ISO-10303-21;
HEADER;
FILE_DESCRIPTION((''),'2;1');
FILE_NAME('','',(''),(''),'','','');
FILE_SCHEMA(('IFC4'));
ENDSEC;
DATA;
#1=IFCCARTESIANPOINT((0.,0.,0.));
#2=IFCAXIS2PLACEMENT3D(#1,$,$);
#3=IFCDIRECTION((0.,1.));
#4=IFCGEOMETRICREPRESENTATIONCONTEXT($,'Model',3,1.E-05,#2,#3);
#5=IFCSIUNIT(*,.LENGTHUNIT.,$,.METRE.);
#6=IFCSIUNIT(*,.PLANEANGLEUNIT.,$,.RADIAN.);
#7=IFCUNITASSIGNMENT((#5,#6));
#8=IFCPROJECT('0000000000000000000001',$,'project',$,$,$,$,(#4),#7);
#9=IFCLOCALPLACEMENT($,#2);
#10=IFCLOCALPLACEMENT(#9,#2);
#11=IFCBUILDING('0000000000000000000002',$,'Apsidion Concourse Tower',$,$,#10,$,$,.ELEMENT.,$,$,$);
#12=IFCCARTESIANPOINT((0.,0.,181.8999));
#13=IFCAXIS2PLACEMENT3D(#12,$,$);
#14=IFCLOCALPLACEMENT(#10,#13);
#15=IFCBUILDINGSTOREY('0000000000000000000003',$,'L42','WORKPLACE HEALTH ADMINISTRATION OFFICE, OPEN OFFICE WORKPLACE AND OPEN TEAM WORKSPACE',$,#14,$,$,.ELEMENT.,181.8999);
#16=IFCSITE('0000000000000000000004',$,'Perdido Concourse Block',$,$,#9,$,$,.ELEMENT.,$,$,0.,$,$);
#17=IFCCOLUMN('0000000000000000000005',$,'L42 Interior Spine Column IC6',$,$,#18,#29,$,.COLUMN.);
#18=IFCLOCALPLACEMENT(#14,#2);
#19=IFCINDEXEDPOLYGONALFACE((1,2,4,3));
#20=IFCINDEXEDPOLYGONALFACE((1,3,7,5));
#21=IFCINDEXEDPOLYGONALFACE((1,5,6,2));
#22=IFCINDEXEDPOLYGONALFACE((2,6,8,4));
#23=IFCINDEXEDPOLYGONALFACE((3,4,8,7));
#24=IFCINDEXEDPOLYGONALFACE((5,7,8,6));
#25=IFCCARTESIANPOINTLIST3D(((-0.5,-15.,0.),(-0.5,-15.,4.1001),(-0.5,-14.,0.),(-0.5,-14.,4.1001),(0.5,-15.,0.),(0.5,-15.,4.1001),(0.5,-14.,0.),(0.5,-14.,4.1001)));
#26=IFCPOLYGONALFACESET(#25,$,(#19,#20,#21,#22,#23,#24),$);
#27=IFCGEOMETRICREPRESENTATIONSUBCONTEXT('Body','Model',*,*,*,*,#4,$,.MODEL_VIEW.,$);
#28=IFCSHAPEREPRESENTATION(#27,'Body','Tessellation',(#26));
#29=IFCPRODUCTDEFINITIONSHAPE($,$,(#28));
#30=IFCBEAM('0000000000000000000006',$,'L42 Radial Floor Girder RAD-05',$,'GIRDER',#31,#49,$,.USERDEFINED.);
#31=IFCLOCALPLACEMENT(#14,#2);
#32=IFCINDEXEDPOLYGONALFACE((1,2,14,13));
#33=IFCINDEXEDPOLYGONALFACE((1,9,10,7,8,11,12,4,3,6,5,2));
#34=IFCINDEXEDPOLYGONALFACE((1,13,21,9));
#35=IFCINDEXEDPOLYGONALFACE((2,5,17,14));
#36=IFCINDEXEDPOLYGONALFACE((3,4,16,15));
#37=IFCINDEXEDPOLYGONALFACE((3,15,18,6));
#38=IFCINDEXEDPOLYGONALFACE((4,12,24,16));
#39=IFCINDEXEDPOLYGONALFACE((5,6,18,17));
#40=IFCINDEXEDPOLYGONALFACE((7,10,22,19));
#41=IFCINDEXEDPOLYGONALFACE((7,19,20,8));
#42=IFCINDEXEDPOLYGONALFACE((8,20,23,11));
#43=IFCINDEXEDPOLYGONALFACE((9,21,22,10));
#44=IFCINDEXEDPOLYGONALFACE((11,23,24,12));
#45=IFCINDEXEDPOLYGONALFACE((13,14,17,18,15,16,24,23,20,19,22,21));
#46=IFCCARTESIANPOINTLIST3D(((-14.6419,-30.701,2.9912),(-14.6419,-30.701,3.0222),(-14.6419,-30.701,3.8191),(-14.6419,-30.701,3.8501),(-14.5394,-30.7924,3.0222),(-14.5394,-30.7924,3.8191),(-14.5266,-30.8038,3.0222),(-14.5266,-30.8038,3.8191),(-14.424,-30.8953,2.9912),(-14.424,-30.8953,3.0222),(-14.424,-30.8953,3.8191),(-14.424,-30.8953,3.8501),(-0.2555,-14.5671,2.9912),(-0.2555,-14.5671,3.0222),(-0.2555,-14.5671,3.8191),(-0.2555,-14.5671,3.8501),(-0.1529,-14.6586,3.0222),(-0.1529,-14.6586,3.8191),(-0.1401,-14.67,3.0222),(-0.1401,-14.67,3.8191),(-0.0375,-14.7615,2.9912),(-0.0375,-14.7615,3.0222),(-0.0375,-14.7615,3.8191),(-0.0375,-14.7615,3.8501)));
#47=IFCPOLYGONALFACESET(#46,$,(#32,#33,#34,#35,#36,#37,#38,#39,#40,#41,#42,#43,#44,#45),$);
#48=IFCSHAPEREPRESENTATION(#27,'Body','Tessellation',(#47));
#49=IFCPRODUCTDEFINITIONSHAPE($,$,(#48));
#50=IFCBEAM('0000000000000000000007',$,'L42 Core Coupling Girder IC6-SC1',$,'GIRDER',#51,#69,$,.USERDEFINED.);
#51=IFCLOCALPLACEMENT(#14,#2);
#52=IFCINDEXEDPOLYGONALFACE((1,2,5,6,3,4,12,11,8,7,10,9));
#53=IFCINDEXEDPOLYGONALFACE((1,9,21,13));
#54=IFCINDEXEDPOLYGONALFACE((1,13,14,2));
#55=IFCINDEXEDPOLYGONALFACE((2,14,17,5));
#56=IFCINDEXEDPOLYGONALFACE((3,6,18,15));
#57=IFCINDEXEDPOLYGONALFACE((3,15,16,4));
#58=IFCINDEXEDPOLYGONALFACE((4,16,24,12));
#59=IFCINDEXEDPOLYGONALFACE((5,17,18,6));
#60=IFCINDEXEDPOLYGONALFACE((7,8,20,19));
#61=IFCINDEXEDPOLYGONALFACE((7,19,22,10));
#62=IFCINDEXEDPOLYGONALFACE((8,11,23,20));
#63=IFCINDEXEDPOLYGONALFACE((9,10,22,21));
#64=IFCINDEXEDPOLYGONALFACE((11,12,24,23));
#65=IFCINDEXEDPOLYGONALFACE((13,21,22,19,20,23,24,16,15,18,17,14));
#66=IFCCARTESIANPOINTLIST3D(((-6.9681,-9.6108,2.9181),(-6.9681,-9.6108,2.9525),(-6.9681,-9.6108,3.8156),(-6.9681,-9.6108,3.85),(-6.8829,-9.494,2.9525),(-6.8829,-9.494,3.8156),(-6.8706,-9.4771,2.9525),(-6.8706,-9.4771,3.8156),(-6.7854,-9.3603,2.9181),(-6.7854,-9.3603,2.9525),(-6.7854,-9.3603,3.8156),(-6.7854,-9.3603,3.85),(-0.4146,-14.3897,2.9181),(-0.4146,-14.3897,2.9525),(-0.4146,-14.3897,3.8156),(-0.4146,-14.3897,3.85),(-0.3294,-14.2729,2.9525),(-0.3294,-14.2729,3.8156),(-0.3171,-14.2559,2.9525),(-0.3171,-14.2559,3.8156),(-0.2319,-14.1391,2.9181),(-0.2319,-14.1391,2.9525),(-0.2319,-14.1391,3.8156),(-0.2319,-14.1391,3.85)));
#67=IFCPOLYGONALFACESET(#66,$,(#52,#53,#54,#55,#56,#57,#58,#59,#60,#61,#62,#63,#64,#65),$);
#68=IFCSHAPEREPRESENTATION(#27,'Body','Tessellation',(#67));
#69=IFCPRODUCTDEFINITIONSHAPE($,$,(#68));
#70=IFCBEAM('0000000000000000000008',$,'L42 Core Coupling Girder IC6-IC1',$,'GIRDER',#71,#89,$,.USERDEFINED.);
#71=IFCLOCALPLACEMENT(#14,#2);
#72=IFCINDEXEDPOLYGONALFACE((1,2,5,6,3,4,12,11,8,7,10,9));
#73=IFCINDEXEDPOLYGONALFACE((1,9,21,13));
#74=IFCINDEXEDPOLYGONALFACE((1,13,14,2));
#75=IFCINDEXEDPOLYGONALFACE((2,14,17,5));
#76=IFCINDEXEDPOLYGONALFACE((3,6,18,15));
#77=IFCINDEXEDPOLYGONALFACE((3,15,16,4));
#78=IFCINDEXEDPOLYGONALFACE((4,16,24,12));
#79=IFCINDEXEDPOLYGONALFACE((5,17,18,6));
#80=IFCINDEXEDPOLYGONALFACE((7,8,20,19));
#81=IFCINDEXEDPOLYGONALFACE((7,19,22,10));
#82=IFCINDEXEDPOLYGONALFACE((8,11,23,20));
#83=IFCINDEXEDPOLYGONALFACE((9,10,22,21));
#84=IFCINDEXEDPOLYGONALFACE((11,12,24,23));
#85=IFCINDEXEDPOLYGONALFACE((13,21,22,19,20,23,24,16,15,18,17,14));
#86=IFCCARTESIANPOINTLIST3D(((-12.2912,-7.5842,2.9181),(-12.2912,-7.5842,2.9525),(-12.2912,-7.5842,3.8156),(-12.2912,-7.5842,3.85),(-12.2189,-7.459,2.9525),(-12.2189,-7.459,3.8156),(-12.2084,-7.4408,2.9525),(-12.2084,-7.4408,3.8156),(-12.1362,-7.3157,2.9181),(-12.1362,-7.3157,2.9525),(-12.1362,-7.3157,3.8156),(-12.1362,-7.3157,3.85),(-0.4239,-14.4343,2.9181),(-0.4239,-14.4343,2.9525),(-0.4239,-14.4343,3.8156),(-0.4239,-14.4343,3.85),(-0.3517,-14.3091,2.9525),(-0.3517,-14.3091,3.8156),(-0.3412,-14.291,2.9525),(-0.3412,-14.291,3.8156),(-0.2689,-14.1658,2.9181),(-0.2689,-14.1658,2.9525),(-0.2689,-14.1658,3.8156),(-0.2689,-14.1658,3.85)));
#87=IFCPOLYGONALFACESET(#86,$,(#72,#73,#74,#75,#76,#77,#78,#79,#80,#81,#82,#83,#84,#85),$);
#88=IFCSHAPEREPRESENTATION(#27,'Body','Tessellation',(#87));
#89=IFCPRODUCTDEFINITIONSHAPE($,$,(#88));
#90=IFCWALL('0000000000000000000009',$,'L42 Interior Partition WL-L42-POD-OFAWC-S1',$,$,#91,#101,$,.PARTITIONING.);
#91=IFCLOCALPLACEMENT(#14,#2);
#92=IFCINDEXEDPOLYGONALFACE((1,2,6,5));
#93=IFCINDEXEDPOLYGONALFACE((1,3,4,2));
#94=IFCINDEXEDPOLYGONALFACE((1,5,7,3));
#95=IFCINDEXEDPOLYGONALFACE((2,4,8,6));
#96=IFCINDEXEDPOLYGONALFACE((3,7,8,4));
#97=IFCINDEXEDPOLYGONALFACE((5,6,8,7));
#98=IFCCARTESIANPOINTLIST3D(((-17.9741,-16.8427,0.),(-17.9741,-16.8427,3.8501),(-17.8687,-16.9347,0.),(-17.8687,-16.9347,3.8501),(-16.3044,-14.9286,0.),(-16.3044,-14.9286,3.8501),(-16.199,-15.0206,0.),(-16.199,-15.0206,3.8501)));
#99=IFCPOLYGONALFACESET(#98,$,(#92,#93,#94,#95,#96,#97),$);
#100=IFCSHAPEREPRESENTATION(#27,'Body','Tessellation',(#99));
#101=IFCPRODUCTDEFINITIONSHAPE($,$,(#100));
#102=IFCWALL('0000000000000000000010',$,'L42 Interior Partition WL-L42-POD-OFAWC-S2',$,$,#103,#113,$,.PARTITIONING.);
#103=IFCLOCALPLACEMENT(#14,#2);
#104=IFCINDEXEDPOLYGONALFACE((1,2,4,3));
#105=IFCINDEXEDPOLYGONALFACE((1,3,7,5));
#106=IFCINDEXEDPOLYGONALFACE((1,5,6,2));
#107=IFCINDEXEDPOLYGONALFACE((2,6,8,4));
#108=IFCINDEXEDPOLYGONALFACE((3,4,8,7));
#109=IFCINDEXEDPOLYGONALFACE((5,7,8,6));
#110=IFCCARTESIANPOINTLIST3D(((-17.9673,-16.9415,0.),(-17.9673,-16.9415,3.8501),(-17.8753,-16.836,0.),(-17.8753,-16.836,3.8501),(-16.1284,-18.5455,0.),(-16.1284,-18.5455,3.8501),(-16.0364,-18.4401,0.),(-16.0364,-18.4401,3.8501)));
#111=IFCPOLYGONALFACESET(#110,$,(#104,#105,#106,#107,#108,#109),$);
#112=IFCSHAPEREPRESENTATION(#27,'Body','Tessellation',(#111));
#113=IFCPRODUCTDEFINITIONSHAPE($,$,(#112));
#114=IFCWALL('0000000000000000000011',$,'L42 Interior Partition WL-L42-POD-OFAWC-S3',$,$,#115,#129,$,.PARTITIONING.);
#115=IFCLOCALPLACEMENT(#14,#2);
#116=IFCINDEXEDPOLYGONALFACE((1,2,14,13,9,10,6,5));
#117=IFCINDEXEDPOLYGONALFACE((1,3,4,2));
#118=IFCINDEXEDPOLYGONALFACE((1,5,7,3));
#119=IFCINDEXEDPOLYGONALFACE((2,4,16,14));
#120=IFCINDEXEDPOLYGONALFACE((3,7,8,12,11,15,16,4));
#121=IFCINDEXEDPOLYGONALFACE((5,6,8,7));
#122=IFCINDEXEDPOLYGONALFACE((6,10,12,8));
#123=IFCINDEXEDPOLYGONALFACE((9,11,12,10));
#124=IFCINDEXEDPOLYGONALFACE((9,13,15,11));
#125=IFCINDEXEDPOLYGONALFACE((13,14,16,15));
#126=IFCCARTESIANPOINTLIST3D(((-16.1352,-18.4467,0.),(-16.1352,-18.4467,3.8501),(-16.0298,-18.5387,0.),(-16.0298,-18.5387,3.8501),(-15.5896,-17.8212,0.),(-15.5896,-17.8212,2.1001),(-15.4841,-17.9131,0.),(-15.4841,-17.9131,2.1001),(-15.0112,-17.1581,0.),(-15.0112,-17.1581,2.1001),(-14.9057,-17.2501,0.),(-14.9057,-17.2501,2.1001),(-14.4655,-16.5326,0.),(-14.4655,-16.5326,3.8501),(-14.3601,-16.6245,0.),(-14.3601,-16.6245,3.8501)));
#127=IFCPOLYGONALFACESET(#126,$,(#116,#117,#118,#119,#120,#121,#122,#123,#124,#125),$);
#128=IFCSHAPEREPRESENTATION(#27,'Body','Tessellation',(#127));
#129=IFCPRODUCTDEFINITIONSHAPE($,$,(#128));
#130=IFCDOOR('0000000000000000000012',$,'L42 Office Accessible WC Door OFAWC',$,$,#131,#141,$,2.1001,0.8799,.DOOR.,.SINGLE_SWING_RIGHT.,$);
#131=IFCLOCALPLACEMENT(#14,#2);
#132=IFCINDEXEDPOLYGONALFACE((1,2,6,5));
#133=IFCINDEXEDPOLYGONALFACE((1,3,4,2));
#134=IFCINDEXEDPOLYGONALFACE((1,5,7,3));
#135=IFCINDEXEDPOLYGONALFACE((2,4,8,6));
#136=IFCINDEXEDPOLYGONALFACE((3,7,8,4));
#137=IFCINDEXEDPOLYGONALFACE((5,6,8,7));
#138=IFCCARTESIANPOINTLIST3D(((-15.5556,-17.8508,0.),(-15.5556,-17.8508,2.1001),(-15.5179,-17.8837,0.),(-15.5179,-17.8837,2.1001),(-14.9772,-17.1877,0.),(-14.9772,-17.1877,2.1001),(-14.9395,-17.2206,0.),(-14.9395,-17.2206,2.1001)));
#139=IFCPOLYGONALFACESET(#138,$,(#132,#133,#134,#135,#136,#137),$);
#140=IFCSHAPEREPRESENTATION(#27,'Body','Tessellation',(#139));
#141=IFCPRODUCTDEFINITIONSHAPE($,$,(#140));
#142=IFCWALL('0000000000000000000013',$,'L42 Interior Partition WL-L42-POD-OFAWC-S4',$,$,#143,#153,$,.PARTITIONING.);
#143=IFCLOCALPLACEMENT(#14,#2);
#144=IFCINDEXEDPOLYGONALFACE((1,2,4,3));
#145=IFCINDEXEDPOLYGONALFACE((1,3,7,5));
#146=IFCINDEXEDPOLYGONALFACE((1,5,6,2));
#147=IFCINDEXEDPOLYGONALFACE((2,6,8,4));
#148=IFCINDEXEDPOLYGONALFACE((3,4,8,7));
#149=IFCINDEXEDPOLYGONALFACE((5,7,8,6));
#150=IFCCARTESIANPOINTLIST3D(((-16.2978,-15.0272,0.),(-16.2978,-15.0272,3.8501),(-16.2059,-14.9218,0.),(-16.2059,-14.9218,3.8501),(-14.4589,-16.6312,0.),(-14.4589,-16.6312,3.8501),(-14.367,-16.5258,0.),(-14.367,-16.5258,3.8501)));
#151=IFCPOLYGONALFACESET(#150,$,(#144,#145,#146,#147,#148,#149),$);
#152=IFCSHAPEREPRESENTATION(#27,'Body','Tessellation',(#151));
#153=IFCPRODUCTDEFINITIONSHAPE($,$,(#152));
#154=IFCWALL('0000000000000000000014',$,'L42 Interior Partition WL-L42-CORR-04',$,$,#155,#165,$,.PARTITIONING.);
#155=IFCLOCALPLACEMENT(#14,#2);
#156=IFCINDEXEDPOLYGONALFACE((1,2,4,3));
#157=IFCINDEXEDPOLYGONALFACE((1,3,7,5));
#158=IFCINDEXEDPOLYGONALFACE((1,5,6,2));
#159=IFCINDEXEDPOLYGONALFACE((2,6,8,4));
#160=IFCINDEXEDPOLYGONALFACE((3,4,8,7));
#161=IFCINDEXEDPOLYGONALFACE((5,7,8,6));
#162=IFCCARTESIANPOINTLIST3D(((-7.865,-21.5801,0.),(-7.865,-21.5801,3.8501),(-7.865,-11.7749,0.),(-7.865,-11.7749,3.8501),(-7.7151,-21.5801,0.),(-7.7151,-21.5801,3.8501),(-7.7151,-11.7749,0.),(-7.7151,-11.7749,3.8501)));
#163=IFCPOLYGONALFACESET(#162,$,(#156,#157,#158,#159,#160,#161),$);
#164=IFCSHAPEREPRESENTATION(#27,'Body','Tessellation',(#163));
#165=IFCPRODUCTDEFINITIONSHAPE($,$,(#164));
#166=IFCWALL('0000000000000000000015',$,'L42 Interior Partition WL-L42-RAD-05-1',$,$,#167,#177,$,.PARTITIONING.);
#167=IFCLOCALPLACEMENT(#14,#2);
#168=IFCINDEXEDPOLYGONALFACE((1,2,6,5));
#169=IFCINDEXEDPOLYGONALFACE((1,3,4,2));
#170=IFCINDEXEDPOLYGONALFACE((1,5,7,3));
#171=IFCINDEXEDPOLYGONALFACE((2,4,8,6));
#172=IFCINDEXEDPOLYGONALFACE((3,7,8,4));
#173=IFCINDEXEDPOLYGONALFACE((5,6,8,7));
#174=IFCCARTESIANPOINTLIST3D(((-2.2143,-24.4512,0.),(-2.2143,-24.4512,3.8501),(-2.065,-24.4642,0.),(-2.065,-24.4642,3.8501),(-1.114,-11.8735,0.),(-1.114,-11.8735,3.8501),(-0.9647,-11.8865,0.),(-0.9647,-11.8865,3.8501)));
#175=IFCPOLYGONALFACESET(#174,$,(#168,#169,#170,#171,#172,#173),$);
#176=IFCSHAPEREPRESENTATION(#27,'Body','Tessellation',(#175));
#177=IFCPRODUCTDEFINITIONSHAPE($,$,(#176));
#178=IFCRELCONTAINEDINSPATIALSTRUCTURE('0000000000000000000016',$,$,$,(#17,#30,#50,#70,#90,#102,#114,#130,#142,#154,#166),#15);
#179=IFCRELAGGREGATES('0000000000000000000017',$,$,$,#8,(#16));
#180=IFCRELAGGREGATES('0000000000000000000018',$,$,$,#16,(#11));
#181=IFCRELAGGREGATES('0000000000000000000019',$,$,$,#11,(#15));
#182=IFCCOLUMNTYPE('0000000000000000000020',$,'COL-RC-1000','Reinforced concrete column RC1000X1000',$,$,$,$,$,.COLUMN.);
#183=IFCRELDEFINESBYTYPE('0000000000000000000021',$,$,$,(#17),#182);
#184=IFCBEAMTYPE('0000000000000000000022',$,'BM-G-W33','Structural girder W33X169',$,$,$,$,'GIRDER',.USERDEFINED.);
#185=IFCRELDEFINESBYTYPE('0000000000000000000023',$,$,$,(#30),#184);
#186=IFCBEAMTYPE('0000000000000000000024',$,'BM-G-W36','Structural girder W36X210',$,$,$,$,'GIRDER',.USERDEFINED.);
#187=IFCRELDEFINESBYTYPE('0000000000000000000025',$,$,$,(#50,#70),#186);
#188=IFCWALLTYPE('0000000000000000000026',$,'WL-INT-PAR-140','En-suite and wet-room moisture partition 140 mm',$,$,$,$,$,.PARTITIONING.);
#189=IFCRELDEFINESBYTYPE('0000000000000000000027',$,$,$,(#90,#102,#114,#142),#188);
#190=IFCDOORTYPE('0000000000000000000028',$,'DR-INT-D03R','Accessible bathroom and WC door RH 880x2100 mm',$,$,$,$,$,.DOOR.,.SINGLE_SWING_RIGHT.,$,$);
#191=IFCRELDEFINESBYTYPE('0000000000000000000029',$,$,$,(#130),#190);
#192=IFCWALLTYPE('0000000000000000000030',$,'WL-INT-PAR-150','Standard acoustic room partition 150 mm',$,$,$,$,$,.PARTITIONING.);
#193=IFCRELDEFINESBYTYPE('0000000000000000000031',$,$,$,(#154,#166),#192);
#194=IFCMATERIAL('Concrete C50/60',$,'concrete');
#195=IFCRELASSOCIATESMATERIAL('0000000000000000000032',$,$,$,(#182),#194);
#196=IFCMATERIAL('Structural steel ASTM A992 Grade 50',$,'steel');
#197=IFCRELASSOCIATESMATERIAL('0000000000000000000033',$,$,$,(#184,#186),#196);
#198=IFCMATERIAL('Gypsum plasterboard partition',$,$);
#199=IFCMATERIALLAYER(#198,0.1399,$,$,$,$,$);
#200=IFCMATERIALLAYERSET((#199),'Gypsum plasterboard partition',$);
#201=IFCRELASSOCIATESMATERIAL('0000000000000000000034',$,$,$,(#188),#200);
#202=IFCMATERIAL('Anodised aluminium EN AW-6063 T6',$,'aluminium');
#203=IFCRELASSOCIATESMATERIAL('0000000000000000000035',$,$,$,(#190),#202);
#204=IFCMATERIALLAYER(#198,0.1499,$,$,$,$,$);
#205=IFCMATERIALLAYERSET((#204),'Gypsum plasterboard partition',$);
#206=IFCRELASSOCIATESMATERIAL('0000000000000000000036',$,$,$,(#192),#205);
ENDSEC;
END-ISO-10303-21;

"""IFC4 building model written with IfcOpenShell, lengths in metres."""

from ifc_helpers import new_model, si_unit, direction, frame, frame_2d, origin, origin_2d, place, context, subcontext, project, spatial, rectangle, i_section, extrude, material, layer, layer_set, material_profile, profile_set, type_object, element, fill, save


model = new_model("IFC4")

# Units and contexts
model_context = context("Model", 3, precision=1e-05, world=origin(), true_north=direction((0.0, 1.0)))
body_context = subcontext(model_context, "Body", "Model", "MODEL_VIEW")
ifc_project = project(units=[si_unit("LENGTHUNIT", "METRE"), si_unit("PLANEANGLEUNIT", "RADIAN")], contexts=[model_context])

# Site, building, storey
site_placement = place(None, origin())
site = spatial("IfcSite", under=ifc_project, at=site_placement, Name="Perdido Concourse Block", CompositionType="ELEMENT", RefElevation=0.0)
building_placement = place(site_placement, origin())
building = spatial("IfcBuilding", under=site, at=building_placement, Name="Apsidion Concourse Tower", CompositionType="ELEMENT")
storey_placement = place(building_placement, frame((0.0, 0.0, 181.8999)))
storey = spatial("IfcBuildingStorey", under=building, at=storey_placement, Name="L42", Description="WORKPLACE HEALTH ADMINISTRATION OFFICE, OPEN OFFICE WORKPLACE AND OPEN TEAM WORKSPACE", CompositionType="ELEMENT", Elevation=181.8999)

# Column
ifc_material_1 = material(Name="Concrete C50/60", Category="concrete")
ifc_material_profile_1 = material_profile(ifc_material_1, rectangle(XDim=1.0, YDim=1.0, at=origin_2d()), Name="RC 1000x1000")
ifc_profile_set_1 = profile_set([ifc_material_profile_1], Name="Concrete C50/60")
column_type = type_object("IfcColumnType", Name="COL-RC-1000", Description="Reinforced concrete column RC1000X1000", PredefinedType="COLUMN", material=ifc_profile_set_1)
column_placement = place(storey_placement, frame((0.0, -14.5, 0.0), z_axis=(0.0, 0.0, 1.0), x_axis=(1.0, 0.0, 0.0)))
element("IfcColumn", 1, at=column_placement, inside=storey, type_object=column_type, Name="L42 Interior Spine Column IC6", PredefinedType="COLUMN", context=body_context, shape_type="SweptSolid", body=[
    extrude(rectangle(XDim=1.0, YDim=1.0, at=origin_2d()), origin(), (0.0, 0.0, 1.0), 4.1001),
])

# Beams
ifc_material_2 = material(Name="Structural steel ASTM A992 Grade 50", Category="steel")
ifc_material_profile_2 = material_profile(ifc_material_2, i_section(OverallWidth=0.292, OverallDepth=0.8589, WebThickness=0.0171, FlangeThickness=0.031, at=origin_2d()), Name="W33X169")
ifc_profile_set_2 = profile_set([ifc_material_profile_2], Name="Structural steel ASTM A992 Grade 50")
beam_type_1 = type_object("IfcBeamType", Name="BM-G-W33", Description="Structural girder W33X169", ElementType="GIRDER", PredefinedType="USERDEFINED", material=ifc_profile_set_2)
beam_1_placement = place(storey_placement, frame((-0.1465, -14.6643, 3.4207), z_axis=(-0.665534, -0.746367, 0.0), x_axis=(0.746367, -0.665534, 0.0)))
element("IfcBeam", 2, at=beam_1_placement, inside=storey, type_object=beam_type_1, Name="L42 Radial Floor Girder RAD-05", ObjectType="GIRDER", PredefinedType="USERDEFINED", context=body_context, shape_type="SweptSolid", body=[
    extrude(i_section(OverallWidth=0.292, OverallDepth=0.8589, WebThickness=0.0171, FlangeThickness=0.031, at=origin_2d()), origin(), (0.0, 0.0, 1.0), 21.6165),
])
ifc_material_profile_3 = material_profile(ifc_material_2, i_section(OverallWidth=0.3101, OverallDepth=0.9319, WebThickness=0.021, FlangeThickness=0.0344, at=origin_2d()), Name="W36X210")
ifc_profile_set_3 = profile_set([ifc_material_profile_3], Name="Structural steel ASTM A992 Grade 50")
beam_type_2 = type_object("IfcBeamType", Name="BM-G-W36", Description="Structural girder W36X210", ElementType="GIRDER", PredefinedType="USERDEFINED", material=ifc_profile_set_3)
beam_2_placement = place(storey_placement, frame((-0.3232, -14.2644, 3.384), z_axis=(-0.807993, 0.589191, 0.0), x_axis=(-0.589191, -0.807993, 0.0)))
element("IfcBeam", 3, at=beam_2_placement, inside=storey, type_object=beam_type_2, Name="L42 Core Coupling Girder IC6-SC1", ObjectType="GIRDER", PredefinedType="USERDEFINED", context=body_context, shape_type="SweptSolid", body=[
    extrude(i_section(OverallWidth=0.3101, OverallDepth=0.9319, WebThickness=0.021, FlangeThickness=0.0344, at=origin_2d()), origin(), (0.0, 0.0, 1.0), 8.1108),
])
beam_3_placement = place(storey_placement, frame((-0.3464, -14.3, 3.384), z_axis=(-0.86607, 0.499922, 0.0), x_axis=(-0.499922, -0.86607, 0.0)))
element("IfcBeam", 4, at=beam_3_placement, inside=storey, type_object=beam_type_2, Name="L42 Core Coupling Girder IC6-IC1", ObjectType="GIRDER", PredefinedType="USERDEFINED", context=body_context, shape_type="SweptSolid", body=[
    extrude(i_section(OverallWidth=0.3101, OverallDepth=0.9319, WebThickness=0.021, FlangeThickness=0.0344, at=origin_2d()), origin(), (0.0, 0.0, 1.0), 13.7024),
])

# Walls
ifc_material_3 = material(Name="Gypsum plasterboard partition")
ifc_layer_1 = layer(ifc_material_3, 0.1399)
ifc_layer_set_1 = layer_set([ifc_layer_1], Name="Gypsum plasterboard partition")
wall_type_1 = type_object("IfcWallType", Name="WL-INT-PAR-140", Description="En-suite and wet-room moisture partition 140 mm", PredefinedType="PARTITIONING", material=ifc_layer_set_1)
wall_1_placement = place(storey_placement, frame((-16.2517, -14.9746, 0.0), z_axis=(0.0, 0.0, 1.0), x_axis=(-0.657361, -0.753576, 0.0)))
element("IfcWall", 5, at=wall_1_placement, inside=storey, type_object=wall_type_1, Name="L42 Interior Partition WL-L42-POD-OFAWC-S1", PredefinedType="PARTITIONING", context=body_context, shape_type="SweptSolid", body=[
    extrude(rectangle(XDim=2.54, YDim=0.1399, at=frame_2d((1.27, 0.0))), origin(), (0.0, 0.0, 1.0), 3.8501),
])
wall_2_placement = place(storey_placement, frame((-17.9214, -16.8887, 0.0), z_axis=(0.0, 0.0, 1.0), x_axis=(0.753592, -0.657342, 0.0)))
element("IfcWall", 6, at=wall_2_placement, inside=storey, type_object=wall_type_1, Name="L42 Interior Partition WL-L42-POD-OFAWC-S2", PredefinedType="PARTITIONING", context=body_context, shape_type="SweptSolid", body=[
    extrude(rectangle(XDim=2.4402, YDim=0.1399, at=frame_2d((1.2202, 0.0))), origin(), (0.0, 0.0, 1.0), 3.8501),
])

# Wall, opening, door
wall_3_placement = place(storey_placement, frame((-16.0825, -18.4927, 0.0), z_axis=(0.0, 0.0, 1.0), x_axis=(0.657361, 0.753576, 0.0)))
wall_3 = element("IfcWall", 7, at=wall_3_placement, inside=storey, type_object=wall_type_1, Name="L42 Interior Partition WL-L42-POD-OFAWC-S3", PredefinedType="PARTITIONING", context=body_context, shape_type="SweptSolid", body=[
    extrude(rectangle(XDim=2.54, YDim=0.1399, at=frame_2d((1.27, 0.0))), origin(), (0.0, 0.0, 1.0), 3.8501),
])
opening_placement = place(wall_3_placement, frame((0.8301, 0.0, 0.0)))
opening = element("IfcOpeningElement", 8, at=opening_placement, cuts=wall_3, PredefinedType="OPENING", context=body_context, shape_type="SweptSolid", body=[
    extrude(rectangle(XDim=0.8799, YDim=2.1001, at=frame_2d((0.4399, 1.05))), frame((0.0, 0.0801, 0.0), z_axis=(0.0, -1.0, 0.0), x_axis=(1.0, 0.0, 0.0)), (0.0, 0.0, 1.0), 0.1599),
])
ifc_material_4 = material(Name="Anodised aluminium EN AW-6063 T6", Category="aluminium")
door_type = type_object("IfcDoorType", Name="DR-INT-D03R", Description="Accessible bathroom and WC door RH 880x2100 mm", OperationType="SINGLE_SWING_RIGHT", PredefinedType="DOOR", material=ifc_material_4)
door_placement = place(opening_placement, origin())
door = element("IfcDoor", 9, at=door_placement, inside=storey, type_object=door_type, Name="L42 Office Accessible WC Door OFAWC", OperationType="SINGLE_SWING_RIGHT", OverallHeight=2.1001, OverallWidth=0.8799, PredefinedType="DOOR", context=body_context, shape_type="SweptSolid", body=[
    extrude(rectangle(XDim=0.8799, YDim=2.1001, at=frame_2d((0.4399, 1.05))), frame((0.0, 0.0249, 0.0), z_axis=(0.0, -1.0, 0.0), x_axis=(1.0, 0.0, 0.0)), (0.0, 0.0, 1.0), 0.05),
])
fill(opening, door)

# Walls
wall_4_placement = place(storey_placement, frame((-14.4128, -16.5786, 0.0), z_axis=(0.0, 0.0, 1.0), x_axis=(-0.753592, 0.657342, 0.0)))
element("IfcWall", 10, at=wall_4_placement, inside=storey, type_object=wall_type_1, Name="L42 Interior Partition WL-L42-POD-OFAWC-S4", PredefinedType="PARTITIONING", context=body_context, shape_type="SweptSolid", body=[
    extrude(rectangle(XDim=2.4402, YDim=0.1399, at=frame_2d((1.2202, 0.0))), origin(), (0.0, 0.0, 1.0), 3.8501),
])
ifc_layer_2 = layer(ifc_material_3, 0.1499)
ifc_layer_set_2 = layer_set([ifc_layer_2], Name="Gypsum plasterboard partition")
wall_type_2 = type_object("IfcWallType", Name="WL-INT-PAR-150", Description="Standard acoustic room partition 150 mm", PredefinedType="PARTITIONING", material=ifc_layer_set_2)
wall_5_placement = place(storey_placement, frame((-7.79, -11.7749, 0.0), z_axis=(0.0, 0.0, 1.0), x_axis=(0.0, -1.0, 0.0)))
element("IfcWall", 11, at=wall_5_placement, inside=storey, type_object=wall_type_2, Name="L42 Interior Partition WL-L42-CORR-04", PredefinedType="PARTITIONING", context=body_context, shape_type="SweptSolid", body=[
    extrude(rectangle(XDim=9.8052, YDim=0.1499, at=frame_2d((4.9026, 0.0))), origin(), (0.0, 0.0, 1.0), 3.8501),
])
wall_6_placement = place(storey_placement, frame((-1.0393, -11.8799, 0.0), z_axis=(0.0, 0.0, 1.0), x_axis=(-0.087151, -0.996195, 0.0)))
element("IfcWall", 12, at=wall_6_placement, inside=storey, type_object=wall_type_2, Name="L42 Interior Partition WL-L42-RAD-05-1", PredefinedType="PARTITIONING", context=body_context, shape_type="SweptSolid", body=[
    extrude(rectangle(XDim=12.6257, YDim=0.1499, at=frame_2d((6.313, 0.0))), origin(), (0.0, 0.0, 1.0), 3.8501),
])

save(model, "model.ifc")
